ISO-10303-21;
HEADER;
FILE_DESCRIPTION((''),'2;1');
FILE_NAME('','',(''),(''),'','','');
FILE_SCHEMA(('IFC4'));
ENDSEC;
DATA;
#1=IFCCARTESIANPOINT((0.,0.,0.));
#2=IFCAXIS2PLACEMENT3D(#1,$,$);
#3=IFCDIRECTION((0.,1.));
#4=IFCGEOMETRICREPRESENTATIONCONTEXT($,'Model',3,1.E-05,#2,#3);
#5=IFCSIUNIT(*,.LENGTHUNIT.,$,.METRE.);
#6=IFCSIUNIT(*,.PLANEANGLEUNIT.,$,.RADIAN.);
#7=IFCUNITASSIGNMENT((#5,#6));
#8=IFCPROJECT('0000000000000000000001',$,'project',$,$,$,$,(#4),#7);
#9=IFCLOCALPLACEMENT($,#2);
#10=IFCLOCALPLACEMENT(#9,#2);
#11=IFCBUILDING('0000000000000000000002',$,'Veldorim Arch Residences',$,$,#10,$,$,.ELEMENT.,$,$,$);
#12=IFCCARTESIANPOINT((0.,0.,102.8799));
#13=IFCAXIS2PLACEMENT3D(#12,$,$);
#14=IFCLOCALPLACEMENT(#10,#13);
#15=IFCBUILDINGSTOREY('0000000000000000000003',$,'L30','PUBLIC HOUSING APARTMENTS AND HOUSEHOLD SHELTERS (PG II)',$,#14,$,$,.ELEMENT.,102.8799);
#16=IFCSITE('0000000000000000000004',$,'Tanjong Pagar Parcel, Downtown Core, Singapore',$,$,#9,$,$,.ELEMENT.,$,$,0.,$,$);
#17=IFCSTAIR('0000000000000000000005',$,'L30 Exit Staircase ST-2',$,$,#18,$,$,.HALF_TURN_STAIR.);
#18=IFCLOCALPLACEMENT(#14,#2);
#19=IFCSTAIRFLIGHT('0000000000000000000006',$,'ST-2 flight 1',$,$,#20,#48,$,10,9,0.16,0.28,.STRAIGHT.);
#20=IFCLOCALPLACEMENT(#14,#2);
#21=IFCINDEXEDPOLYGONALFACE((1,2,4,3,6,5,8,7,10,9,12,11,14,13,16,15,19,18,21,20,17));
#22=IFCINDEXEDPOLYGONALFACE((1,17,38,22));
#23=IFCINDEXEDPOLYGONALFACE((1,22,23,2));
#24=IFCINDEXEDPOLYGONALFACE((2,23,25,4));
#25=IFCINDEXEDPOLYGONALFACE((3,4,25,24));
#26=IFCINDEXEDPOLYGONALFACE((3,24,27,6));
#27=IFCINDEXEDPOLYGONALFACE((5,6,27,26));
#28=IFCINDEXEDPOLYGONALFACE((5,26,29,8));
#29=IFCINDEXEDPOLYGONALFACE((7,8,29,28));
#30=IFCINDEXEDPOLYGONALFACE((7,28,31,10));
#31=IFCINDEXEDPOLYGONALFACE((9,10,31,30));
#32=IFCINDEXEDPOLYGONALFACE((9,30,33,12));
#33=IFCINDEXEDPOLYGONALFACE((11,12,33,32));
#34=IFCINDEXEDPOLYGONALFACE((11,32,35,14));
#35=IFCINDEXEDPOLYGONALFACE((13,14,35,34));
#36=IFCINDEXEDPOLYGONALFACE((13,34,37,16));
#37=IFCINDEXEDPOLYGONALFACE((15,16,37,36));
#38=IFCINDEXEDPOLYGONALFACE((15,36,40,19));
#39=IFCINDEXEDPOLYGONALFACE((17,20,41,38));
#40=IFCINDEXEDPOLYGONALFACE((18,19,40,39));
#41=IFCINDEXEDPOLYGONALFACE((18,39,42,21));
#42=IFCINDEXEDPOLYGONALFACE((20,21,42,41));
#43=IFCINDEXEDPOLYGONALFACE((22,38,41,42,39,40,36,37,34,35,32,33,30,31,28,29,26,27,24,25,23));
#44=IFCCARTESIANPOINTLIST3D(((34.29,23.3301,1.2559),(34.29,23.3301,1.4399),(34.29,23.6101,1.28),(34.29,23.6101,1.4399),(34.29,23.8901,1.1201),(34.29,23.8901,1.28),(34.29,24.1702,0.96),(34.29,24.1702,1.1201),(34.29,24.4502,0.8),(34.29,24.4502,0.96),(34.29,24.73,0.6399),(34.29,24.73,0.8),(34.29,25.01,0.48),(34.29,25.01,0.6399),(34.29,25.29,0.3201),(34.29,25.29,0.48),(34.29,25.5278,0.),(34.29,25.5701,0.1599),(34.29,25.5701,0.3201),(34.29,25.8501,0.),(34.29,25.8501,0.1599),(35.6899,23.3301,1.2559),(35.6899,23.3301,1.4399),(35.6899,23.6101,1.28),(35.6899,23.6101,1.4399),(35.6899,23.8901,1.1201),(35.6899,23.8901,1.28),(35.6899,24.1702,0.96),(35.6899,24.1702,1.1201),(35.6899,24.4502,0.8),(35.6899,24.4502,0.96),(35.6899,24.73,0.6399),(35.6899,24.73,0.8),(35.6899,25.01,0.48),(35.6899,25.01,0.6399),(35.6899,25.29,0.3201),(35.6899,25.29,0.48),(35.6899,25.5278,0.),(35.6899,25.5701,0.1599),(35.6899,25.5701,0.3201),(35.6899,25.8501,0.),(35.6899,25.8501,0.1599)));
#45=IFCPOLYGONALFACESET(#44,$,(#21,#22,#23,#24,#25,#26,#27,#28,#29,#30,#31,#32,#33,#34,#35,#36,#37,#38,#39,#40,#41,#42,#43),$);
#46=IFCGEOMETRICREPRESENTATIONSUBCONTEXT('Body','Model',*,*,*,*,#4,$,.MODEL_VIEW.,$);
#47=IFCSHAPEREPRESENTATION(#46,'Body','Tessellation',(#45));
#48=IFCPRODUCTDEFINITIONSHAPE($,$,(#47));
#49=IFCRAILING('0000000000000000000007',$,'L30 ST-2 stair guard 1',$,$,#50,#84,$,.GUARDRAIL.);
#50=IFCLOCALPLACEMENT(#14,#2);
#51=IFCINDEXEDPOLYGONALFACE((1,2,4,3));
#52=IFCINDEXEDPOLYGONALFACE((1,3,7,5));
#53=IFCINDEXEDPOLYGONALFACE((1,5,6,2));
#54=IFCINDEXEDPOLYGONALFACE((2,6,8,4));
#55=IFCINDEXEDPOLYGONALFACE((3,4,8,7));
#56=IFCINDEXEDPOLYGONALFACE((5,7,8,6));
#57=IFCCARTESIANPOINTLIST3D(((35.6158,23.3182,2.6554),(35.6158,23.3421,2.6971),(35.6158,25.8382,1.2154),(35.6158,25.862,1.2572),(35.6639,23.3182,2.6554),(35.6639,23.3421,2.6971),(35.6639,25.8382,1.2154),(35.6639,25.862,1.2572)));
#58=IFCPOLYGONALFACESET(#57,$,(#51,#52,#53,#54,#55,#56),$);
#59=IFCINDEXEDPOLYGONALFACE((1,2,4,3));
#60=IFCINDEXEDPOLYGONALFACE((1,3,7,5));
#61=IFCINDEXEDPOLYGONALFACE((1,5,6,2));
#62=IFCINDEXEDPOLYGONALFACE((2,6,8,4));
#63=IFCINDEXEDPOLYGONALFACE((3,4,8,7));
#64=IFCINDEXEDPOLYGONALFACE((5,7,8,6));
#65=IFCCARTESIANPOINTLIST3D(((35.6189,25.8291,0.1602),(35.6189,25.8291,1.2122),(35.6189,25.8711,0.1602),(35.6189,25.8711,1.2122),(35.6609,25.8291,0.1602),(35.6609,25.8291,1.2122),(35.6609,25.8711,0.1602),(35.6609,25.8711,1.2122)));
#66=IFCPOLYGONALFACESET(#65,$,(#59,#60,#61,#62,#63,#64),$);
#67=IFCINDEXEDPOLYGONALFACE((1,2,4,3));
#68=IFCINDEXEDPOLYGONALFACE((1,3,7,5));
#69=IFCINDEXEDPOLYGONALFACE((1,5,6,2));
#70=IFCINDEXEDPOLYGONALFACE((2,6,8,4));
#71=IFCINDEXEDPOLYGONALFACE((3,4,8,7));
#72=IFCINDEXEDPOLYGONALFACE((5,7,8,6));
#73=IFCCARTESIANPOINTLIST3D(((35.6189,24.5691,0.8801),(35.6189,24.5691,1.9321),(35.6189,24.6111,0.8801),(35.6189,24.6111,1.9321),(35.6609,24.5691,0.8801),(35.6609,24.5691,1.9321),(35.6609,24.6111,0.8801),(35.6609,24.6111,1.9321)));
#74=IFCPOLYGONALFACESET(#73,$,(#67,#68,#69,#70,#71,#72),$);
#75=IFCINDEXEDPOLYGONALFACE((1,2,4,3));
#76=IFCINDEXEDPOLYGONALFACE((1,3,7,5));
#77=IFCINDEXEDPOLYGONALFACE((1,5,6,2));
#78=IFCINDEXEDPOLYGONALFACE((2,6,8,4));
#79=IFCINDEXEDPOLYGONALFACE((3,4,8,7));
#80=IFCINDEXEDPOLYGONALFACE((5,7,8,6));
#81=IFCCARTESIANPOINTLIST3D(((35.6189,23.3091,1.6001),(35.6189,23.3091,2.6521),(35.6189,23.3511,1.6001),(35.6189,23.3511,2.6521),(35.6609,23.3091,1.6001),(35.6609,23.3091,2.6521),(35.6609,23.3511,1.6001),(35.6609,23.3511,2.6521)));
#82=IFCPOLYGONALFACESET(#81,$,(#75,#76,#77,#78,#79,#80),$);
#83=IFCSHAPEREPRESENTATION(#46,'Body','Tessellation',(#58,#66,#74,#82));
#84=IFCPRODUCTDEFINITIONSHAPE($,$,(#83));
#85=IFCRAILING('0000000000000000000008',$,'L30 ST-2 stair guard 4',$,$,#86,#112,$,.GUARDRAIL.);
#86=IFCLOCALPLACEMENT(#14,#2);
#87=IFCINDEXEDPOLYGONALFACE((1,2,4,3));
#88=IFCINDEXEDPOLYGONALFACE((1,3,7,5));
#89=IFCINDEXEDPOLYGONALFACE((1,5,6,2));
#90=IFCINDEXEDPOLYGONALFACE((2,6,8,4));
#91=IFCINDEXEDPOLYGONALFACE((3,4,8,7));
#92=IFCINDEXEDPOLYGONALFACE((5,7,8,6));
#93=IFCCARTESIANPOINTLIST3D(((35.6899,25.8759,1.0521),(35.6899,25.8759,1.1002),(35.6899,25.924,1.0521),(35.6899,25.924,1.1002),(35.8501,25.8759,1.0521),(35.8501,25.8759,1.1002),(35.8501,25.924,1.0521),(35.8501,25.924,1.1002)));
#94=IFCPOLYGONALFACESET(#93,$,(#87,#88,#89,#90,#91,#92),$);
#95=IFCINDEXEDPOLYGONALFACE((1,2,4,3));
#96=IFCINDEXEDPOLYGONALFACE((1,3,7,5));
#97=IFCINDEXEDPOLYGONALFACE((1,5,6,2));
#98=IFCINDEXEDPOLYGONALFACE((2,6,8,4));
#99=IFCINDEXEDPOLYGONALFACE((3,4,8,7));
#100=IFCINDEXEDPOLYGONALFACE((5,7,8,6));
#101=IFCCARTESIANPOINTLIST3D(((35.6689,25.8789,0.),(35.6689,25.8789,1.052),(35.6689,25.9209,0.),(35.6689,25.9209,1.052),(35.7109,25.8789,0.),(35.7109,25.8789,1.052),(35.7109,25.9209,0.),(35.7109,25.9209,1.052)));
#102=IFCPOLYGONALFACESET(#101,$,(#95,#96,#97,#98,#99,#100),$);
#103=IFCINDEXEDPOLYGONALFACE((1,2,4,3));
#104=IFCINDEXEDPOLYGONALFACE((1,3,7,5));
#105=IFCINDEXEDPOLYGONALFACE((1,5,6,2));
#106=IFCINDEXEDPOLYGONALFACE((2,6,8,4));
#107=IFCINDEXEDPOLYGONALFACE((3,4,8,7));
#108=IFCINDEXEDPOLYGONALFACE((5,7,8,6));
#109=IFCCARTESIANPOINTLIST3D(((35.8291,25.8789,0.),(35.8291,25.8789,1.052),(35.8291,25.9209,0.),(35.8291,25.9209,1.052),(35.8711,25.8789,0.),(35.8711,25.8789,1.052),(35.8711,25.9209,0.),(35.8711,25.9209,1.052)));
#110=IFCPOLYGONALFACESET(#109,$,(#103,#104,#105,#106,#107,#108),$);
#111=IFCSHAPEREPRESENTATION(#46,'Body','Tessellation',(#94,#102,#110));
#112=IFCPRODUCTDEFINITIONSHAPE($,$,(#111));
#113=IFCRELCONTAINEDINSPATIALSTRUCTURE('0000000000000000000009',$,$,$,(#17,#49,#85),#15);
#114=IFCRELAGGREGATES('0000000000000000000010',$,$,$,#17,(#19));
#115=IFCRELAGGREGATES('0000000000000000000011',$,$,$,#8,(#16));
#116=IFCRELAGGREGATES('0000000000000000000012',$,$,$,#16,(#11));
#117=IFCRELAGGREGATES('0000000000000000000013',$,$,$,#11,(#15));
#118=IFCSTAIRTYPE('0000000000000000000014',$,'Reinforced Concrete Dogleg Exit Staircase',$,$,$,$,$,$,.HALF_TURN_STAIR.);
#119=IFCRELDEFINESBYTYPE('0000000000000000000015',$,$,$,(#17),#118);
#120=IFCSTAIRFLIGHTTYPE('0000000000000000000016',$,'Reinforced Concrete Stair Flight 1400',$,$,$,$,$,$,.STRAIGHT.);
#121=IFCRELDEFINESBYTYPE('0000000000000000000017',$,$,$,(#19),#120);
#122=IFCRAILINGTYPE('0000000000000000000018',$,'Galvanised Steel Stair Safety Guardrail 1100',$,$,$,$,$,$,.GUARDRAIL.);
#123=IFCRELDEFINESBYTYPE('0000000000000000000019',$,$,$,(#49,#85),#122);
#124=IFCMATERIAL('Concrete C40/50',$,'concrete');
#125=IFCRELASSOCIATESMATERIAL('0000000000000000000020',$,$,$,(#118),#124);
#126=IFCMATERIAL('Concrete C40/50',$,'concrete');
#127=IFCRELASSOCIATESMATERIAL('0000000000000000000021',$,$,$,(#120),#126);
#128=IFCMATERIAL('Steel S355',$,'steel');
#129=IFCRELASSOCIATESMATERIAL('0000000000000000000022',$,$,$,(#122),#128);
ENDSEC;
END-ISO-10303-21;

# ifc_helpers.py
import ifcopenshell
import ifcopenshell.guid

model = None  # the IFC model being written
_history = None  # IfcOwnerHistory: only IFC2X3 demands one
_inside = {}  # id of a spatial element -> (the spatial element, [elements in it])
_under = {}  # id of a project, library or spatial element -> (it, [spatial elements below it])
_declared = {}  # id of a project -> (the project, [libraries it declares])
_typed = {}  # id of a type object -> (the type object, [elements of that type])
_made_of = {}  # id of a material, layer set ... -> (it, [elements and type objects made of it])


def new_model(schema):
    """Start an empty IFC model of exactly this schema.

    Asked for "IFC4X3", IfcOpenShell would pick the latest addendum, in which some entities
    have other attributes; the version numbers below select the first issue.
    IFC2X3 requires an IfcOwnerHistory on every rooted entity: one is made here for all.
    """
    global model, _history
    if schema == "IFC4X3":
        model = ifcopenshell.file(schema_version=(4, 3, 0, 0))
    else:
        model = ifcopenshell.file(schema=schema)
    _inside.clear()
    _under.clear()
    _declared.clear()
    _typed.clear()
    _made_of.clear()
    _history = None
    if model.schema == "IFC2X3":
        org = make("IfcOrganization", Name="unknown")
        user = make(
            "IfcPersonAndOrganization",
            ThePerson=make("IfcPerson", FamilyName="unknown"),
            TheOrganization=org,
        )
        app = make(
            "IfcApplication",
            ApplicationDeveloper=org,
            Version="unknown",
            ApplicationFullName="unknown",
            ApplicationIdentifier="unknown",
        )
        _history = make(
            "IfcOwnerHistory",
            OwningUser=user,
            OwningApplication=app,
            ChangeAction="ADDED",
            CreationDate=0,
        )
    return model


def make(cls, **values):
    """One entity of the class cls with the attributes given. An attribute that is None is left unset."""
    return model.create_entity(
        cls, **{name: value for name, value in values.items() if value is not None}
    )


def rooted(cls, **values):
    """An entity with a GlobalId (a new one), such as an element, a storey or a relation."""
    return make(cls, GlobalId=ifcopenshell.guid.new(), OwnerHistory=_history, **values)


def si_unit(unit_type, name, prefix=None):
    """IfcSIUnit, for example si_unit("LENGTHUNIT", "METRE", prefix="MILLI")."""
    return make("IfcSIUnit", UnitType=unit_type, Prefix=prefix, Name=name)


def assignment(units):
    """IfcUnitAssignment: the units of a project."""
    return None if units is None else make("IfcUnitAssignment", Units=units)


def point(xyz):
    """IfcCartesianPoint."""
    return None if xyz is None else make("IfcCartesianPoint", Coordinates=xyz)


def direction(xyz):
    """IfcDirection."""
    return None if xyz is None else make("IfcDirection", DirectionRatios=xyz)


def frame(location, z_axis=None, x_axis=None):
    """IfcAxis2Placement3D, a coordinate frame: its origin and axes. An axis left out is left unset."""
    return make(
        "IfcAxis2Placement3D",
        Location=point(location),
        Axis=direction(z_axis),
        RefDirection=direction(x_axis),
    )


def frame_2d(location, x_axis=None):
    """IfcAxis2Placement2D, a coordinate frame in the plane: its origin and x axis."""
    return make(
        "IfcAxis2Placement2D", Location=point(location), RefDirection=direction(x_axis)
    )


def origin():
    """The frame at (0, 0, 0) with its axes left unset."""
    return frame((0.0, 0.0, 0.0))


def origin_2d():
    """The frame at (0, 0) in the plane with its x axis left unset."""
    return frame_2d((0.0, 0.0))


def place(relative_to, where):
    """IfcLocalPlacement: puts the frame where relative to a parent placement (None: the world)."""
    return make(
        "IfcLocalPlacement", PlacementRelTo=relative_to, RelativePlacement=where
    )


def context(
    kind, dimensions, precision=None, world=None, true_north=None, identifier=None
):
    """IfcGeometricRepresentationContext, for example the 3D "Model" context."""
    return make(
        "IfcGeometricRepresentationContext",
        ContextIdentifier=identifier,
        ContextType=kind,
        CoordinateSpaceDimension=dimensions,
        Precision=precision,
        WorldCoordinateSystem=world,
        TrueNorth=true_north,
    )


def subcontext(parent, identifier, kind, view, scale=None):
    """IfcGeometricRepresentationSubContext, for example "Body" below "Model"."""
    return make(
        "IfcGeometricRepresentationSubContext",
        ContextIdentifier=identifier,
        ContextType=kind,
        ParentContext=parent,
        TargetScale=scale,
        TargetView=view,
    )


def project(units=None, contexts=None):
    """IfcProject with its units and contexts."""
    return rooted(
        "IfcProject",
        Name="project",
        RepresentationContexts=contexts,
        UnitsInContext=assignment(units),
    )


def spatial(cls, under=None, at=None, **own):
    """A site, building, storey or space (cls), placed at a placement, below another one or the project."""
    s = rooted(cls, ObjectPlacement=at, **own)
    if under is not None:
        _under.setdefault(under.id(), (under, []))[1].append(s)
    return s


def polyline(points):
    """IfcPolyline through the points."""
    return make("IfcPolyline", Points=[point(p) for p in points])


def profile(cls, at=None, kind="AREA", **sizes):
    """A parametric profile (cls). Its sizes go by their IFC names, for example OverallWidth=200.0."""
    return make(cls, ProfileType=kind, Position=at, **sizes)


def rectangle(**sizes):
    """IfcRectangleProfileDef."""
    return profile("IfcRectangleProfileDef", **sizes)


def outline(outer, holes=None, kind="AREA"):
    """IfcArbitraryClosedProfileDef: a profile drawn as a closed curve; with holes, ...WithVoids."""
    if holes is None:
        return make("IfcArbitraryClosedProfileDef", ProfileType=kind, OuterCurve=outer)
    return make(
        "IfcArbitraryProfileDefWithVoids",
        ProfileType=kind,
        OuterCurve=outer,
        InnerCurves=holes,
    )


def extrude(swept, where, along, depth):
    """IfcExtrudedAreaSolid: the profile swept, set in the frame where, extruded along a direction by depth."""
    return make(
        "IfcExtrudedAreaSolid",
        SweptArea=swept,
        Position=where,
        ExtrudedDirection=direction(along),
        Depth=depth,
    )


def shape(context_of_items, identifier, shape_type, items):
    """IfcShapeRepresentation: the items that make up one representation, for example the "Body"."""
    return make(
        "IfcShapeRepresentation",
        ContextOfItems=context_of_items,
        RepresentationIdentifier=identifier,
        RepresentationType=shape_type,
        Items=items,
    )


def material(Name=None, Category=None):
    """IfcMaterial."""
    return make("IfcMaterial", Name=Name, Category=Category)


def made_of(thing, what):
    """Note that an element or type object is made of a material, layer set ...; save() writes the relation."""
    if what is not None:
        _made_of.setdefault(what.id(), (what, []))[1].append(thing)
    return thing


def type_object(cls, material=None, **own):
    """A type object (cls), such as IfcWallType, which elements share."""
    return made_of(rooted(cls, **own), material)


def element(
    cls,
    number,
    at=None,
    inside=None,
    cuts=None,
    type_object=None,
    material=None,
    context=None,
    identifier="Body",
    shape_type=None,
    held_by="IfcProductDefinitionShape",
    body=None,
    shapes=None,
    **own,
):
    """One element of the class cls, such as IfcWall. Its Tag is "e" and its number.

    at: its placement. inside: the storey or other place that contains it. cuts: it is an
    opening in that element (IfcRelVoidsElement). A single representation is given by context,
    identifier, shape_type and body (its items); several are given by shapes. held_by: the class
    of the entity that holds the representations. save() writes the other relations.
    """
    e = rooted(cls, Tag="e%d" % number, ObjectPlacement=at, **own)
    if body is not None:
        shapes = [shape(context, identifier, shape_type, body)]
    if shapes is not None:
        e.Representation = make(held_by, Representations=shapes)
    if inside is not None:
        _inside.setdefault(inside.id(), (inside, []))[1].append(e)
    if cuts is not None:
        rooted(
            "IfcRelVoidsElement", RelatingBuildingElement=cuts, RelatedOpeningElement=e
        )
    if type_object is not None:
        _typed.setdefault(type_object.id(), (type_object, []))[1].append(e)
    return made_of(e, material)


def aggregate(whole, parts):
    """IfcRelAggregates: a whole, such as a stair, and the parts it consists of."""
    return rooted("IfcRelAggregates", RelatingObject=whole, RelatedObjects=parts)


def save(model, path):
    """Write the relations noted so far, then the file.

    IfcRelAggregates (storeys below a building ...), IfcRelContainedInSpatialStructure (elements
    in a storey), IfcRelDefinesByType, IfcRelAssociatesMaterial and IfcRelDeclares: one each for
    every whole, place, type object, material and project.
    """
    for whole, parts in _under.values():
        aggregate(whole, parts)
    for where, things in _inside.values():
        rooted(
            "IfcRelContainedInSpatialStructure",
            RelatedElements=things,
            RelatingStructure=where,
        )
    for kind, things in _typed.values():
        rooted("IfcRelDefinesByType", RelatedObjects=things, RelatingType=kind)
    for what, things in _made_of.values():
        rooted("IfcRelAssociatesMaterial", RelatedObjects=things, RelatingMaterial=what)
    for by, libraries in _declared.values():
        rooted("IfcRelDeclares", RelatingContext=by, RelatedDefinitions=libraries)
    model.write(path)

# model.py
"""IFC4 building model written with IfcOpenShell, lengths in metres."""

from ifc_helpers import new_model, si_unit, direction, frame, origin, origin_2d, place, context, subcontext, project, spatial, polyline, rectangle, outline, extrude, material, type_object, element, aggregate, save


model = new_model("IFC4")

# Units and contexts
model_context = context("Model", 3, precision=1e-05, world=origin(), true_north=direction((0.0, 1.0)))
body_context = subcontext(model_context, "Body", "Model", "MODEL_VIEW")
ifc_project = project(units=[si_unit("LENGTHUNIT", "METRE"), si_unit("PLANEANGLEUNIT", "RADIAN")], contexts=[model_context])

# Site, building, storey
site_placement = place(None, origin())
site = spatial("IfcSite", under=ifc_project, at=site_placement, Name="Tanjong Pagar Parcel, Downtown Core, Singapore", CompositionType="ELEMENT", RefElevation=0.0)
building_placement = place(site_placement, origin())
building = spatial("IfcBuilding", under=site, at=building_placement, Name="Veldorim Arch Residences", CompositionType="ELEMENT")
storey_placement = place(building_placement, frame((0.0, 0.0, 102.8799)))
storey = spatial("IfcBuildingStorey", under=building, at=storey_placement, Name="L30", Description="PUBLIC HOUSING APARTMENTS AND HOUSEHOLD SHELTERS (PG II)", CompositionType="ELEMENT", Elevation=102.8799)

# Stair, stair flight
ifc_material_1 = material(Name="Concrete C40/50", Category="concrete")
stair_type = type_object("IfcStairType", Name="Reinforced Concrete Dogleg Exit Staircase", PredefinedType="HALF_TURN_STAIR", material=ifc_material_1)
stair_placement = place(storey_placement, origin())
stair = element("IfcStair", 1, at=stair_placement, inside=storey, type_object=stair_type, Name="L30 Exit Staircase ST-2", PredefinedType="HALF_TURN_STAIR")
ifc_material_2 = material(Name="Concrete C40/50", Category="concrete")
stair_flight_type = type_object("IfcStairFlightType", Name="Reinforced Concrete Stair Flight 1400", PredefinedType="STRAIGHT", material=ifc_material_2)
stair_flight_placement = place(storey_placement, frame((34.99, 25.8501, 0.0), z_axis=(0.0, 0.0, 1.0), x_axis=(0.0, -1.0, 0.0)))
stair_flight = element("IfcStairFlight", 2, at=stair_flight_placement, type_object=stair_flight_type, Name="ST-2 flight 1", NumberOfRisers=10, NumberOfTreads=9, PredefinedType="STRAIGHT", RiserHeight=0.16, TreadLength=0.28, context=body_context, shape_type="SweptSolid", body=[
    extrude(outline(polyline([(0.0, 0.0), (0.0, 0.1599), (0.28, 0.1599), (0.28, 0.3201), (0.5601, 0.3201), (0.5601, 0.48), (0.8401, 0.48), (0.8401, 0.6399), (1.1201, 0.6399), (1.1201, 0.8), (1.3999, 0.8), (1.3999, 0.96), (1.6799, 0.96), (1.6799, 1.1201), (1.96, 1.1201), (1.96, 1.28), (2.24, 1.28), (2.24, 1.4399), (2.52, 1.4399), (2.52, 1.6001), (2.52, 1.2559), (0.3223, 0.0), (0.0, 0.0)])), frame((0.0, 0.7, 0.0), z_axis=(0.0, -1.0, 0.0), x_axis=(1.0, 0.0, 0.0)), (0.0, 0.0, 1.0), 1.3999),
])
aggregate(stair, [stair_flight])

# Railings
ifc_material_3 = material(Name="Steel S355", Category="steel")
railing_type = type_object("IfcRailingType", Name="Galvanised Steel Stair Safety Guardrail 1100", PredefinedType="GUARDRAIL", material=ifc_material_3)
railing_1_placement = place(storey_placement, frame((35.6399, 25.8501, 0.1602)))
element("IfcRailing", 3, at=railing_1_placement, inside=storey, type_object=railing_type, Name="L30 ST-2 stair guard 1", PredefinedType="GUARDRAIL", context=body_context, shape_type="SweptSolid", body=[
    extrude(rectangle(XDim=0.0481, YDim=0.0481, at=origin_2d()), frame((0.0, 0.0, 1.0762), z_axis=(0.0, -0.868253, 0.496121), x_axis=(1.0, 0.0, 0.0)), (0.0, 0.0, 1.0), 2.9023),
    extrude(rectangle(XDim=0.042, YDim=0.042, at=origin_2d()), origin(), (0.0, 0.0, 1.0), 1.052),
    extrude(rectangle(XDim=0.042, YDim=0.042, at=origin_2d()), frame((0.0, -1.26, 0.72)), (0.0, 0.0, 1.0), 1.052),
    extrude(rectangle(XDim=0.042, YDim=0.042, at=origin_2d()), frame((0.0, -2.52, 1.4399)), (0.0, 0.0, 1.0), 1.052),
])
railing_2_placement = place(storey_placement, frame((35.6899, 25.8999, 0.0)))
element("IfcRailing", 4, at=railing_2_placement, inside=storey, type_object=railing_type, Name="L30 ST-2 stair guard 4", PredefinedType="GUARDRAIL", context=body_context, shape_type="SweptSolid", body=[
    extrude(rectangle(XDim=0.0481, YDim=0.0481, at=origin_2d()), frame((0.0, 0.0, 1.0762), z_axis=(1.0, 0.0, 0.0), x_axis=(0.0, 1.0, 0.0)), (0.0, 0.0, 1.0), 0.1602),
    extrude(rectangle(XDim=0.042, YDim=0.042, at=origin_2d()), origin(), (0.0, 0.0, 1.0), 1.052),
    extrude(rectangle(XDim=0.042, YDim=0.042, at=origin_2d()), frame((0.1602, 0.0, 0.0)), (0.0, 0.0, 1.0), 1.052),
])

save(model, "model.ifc")
